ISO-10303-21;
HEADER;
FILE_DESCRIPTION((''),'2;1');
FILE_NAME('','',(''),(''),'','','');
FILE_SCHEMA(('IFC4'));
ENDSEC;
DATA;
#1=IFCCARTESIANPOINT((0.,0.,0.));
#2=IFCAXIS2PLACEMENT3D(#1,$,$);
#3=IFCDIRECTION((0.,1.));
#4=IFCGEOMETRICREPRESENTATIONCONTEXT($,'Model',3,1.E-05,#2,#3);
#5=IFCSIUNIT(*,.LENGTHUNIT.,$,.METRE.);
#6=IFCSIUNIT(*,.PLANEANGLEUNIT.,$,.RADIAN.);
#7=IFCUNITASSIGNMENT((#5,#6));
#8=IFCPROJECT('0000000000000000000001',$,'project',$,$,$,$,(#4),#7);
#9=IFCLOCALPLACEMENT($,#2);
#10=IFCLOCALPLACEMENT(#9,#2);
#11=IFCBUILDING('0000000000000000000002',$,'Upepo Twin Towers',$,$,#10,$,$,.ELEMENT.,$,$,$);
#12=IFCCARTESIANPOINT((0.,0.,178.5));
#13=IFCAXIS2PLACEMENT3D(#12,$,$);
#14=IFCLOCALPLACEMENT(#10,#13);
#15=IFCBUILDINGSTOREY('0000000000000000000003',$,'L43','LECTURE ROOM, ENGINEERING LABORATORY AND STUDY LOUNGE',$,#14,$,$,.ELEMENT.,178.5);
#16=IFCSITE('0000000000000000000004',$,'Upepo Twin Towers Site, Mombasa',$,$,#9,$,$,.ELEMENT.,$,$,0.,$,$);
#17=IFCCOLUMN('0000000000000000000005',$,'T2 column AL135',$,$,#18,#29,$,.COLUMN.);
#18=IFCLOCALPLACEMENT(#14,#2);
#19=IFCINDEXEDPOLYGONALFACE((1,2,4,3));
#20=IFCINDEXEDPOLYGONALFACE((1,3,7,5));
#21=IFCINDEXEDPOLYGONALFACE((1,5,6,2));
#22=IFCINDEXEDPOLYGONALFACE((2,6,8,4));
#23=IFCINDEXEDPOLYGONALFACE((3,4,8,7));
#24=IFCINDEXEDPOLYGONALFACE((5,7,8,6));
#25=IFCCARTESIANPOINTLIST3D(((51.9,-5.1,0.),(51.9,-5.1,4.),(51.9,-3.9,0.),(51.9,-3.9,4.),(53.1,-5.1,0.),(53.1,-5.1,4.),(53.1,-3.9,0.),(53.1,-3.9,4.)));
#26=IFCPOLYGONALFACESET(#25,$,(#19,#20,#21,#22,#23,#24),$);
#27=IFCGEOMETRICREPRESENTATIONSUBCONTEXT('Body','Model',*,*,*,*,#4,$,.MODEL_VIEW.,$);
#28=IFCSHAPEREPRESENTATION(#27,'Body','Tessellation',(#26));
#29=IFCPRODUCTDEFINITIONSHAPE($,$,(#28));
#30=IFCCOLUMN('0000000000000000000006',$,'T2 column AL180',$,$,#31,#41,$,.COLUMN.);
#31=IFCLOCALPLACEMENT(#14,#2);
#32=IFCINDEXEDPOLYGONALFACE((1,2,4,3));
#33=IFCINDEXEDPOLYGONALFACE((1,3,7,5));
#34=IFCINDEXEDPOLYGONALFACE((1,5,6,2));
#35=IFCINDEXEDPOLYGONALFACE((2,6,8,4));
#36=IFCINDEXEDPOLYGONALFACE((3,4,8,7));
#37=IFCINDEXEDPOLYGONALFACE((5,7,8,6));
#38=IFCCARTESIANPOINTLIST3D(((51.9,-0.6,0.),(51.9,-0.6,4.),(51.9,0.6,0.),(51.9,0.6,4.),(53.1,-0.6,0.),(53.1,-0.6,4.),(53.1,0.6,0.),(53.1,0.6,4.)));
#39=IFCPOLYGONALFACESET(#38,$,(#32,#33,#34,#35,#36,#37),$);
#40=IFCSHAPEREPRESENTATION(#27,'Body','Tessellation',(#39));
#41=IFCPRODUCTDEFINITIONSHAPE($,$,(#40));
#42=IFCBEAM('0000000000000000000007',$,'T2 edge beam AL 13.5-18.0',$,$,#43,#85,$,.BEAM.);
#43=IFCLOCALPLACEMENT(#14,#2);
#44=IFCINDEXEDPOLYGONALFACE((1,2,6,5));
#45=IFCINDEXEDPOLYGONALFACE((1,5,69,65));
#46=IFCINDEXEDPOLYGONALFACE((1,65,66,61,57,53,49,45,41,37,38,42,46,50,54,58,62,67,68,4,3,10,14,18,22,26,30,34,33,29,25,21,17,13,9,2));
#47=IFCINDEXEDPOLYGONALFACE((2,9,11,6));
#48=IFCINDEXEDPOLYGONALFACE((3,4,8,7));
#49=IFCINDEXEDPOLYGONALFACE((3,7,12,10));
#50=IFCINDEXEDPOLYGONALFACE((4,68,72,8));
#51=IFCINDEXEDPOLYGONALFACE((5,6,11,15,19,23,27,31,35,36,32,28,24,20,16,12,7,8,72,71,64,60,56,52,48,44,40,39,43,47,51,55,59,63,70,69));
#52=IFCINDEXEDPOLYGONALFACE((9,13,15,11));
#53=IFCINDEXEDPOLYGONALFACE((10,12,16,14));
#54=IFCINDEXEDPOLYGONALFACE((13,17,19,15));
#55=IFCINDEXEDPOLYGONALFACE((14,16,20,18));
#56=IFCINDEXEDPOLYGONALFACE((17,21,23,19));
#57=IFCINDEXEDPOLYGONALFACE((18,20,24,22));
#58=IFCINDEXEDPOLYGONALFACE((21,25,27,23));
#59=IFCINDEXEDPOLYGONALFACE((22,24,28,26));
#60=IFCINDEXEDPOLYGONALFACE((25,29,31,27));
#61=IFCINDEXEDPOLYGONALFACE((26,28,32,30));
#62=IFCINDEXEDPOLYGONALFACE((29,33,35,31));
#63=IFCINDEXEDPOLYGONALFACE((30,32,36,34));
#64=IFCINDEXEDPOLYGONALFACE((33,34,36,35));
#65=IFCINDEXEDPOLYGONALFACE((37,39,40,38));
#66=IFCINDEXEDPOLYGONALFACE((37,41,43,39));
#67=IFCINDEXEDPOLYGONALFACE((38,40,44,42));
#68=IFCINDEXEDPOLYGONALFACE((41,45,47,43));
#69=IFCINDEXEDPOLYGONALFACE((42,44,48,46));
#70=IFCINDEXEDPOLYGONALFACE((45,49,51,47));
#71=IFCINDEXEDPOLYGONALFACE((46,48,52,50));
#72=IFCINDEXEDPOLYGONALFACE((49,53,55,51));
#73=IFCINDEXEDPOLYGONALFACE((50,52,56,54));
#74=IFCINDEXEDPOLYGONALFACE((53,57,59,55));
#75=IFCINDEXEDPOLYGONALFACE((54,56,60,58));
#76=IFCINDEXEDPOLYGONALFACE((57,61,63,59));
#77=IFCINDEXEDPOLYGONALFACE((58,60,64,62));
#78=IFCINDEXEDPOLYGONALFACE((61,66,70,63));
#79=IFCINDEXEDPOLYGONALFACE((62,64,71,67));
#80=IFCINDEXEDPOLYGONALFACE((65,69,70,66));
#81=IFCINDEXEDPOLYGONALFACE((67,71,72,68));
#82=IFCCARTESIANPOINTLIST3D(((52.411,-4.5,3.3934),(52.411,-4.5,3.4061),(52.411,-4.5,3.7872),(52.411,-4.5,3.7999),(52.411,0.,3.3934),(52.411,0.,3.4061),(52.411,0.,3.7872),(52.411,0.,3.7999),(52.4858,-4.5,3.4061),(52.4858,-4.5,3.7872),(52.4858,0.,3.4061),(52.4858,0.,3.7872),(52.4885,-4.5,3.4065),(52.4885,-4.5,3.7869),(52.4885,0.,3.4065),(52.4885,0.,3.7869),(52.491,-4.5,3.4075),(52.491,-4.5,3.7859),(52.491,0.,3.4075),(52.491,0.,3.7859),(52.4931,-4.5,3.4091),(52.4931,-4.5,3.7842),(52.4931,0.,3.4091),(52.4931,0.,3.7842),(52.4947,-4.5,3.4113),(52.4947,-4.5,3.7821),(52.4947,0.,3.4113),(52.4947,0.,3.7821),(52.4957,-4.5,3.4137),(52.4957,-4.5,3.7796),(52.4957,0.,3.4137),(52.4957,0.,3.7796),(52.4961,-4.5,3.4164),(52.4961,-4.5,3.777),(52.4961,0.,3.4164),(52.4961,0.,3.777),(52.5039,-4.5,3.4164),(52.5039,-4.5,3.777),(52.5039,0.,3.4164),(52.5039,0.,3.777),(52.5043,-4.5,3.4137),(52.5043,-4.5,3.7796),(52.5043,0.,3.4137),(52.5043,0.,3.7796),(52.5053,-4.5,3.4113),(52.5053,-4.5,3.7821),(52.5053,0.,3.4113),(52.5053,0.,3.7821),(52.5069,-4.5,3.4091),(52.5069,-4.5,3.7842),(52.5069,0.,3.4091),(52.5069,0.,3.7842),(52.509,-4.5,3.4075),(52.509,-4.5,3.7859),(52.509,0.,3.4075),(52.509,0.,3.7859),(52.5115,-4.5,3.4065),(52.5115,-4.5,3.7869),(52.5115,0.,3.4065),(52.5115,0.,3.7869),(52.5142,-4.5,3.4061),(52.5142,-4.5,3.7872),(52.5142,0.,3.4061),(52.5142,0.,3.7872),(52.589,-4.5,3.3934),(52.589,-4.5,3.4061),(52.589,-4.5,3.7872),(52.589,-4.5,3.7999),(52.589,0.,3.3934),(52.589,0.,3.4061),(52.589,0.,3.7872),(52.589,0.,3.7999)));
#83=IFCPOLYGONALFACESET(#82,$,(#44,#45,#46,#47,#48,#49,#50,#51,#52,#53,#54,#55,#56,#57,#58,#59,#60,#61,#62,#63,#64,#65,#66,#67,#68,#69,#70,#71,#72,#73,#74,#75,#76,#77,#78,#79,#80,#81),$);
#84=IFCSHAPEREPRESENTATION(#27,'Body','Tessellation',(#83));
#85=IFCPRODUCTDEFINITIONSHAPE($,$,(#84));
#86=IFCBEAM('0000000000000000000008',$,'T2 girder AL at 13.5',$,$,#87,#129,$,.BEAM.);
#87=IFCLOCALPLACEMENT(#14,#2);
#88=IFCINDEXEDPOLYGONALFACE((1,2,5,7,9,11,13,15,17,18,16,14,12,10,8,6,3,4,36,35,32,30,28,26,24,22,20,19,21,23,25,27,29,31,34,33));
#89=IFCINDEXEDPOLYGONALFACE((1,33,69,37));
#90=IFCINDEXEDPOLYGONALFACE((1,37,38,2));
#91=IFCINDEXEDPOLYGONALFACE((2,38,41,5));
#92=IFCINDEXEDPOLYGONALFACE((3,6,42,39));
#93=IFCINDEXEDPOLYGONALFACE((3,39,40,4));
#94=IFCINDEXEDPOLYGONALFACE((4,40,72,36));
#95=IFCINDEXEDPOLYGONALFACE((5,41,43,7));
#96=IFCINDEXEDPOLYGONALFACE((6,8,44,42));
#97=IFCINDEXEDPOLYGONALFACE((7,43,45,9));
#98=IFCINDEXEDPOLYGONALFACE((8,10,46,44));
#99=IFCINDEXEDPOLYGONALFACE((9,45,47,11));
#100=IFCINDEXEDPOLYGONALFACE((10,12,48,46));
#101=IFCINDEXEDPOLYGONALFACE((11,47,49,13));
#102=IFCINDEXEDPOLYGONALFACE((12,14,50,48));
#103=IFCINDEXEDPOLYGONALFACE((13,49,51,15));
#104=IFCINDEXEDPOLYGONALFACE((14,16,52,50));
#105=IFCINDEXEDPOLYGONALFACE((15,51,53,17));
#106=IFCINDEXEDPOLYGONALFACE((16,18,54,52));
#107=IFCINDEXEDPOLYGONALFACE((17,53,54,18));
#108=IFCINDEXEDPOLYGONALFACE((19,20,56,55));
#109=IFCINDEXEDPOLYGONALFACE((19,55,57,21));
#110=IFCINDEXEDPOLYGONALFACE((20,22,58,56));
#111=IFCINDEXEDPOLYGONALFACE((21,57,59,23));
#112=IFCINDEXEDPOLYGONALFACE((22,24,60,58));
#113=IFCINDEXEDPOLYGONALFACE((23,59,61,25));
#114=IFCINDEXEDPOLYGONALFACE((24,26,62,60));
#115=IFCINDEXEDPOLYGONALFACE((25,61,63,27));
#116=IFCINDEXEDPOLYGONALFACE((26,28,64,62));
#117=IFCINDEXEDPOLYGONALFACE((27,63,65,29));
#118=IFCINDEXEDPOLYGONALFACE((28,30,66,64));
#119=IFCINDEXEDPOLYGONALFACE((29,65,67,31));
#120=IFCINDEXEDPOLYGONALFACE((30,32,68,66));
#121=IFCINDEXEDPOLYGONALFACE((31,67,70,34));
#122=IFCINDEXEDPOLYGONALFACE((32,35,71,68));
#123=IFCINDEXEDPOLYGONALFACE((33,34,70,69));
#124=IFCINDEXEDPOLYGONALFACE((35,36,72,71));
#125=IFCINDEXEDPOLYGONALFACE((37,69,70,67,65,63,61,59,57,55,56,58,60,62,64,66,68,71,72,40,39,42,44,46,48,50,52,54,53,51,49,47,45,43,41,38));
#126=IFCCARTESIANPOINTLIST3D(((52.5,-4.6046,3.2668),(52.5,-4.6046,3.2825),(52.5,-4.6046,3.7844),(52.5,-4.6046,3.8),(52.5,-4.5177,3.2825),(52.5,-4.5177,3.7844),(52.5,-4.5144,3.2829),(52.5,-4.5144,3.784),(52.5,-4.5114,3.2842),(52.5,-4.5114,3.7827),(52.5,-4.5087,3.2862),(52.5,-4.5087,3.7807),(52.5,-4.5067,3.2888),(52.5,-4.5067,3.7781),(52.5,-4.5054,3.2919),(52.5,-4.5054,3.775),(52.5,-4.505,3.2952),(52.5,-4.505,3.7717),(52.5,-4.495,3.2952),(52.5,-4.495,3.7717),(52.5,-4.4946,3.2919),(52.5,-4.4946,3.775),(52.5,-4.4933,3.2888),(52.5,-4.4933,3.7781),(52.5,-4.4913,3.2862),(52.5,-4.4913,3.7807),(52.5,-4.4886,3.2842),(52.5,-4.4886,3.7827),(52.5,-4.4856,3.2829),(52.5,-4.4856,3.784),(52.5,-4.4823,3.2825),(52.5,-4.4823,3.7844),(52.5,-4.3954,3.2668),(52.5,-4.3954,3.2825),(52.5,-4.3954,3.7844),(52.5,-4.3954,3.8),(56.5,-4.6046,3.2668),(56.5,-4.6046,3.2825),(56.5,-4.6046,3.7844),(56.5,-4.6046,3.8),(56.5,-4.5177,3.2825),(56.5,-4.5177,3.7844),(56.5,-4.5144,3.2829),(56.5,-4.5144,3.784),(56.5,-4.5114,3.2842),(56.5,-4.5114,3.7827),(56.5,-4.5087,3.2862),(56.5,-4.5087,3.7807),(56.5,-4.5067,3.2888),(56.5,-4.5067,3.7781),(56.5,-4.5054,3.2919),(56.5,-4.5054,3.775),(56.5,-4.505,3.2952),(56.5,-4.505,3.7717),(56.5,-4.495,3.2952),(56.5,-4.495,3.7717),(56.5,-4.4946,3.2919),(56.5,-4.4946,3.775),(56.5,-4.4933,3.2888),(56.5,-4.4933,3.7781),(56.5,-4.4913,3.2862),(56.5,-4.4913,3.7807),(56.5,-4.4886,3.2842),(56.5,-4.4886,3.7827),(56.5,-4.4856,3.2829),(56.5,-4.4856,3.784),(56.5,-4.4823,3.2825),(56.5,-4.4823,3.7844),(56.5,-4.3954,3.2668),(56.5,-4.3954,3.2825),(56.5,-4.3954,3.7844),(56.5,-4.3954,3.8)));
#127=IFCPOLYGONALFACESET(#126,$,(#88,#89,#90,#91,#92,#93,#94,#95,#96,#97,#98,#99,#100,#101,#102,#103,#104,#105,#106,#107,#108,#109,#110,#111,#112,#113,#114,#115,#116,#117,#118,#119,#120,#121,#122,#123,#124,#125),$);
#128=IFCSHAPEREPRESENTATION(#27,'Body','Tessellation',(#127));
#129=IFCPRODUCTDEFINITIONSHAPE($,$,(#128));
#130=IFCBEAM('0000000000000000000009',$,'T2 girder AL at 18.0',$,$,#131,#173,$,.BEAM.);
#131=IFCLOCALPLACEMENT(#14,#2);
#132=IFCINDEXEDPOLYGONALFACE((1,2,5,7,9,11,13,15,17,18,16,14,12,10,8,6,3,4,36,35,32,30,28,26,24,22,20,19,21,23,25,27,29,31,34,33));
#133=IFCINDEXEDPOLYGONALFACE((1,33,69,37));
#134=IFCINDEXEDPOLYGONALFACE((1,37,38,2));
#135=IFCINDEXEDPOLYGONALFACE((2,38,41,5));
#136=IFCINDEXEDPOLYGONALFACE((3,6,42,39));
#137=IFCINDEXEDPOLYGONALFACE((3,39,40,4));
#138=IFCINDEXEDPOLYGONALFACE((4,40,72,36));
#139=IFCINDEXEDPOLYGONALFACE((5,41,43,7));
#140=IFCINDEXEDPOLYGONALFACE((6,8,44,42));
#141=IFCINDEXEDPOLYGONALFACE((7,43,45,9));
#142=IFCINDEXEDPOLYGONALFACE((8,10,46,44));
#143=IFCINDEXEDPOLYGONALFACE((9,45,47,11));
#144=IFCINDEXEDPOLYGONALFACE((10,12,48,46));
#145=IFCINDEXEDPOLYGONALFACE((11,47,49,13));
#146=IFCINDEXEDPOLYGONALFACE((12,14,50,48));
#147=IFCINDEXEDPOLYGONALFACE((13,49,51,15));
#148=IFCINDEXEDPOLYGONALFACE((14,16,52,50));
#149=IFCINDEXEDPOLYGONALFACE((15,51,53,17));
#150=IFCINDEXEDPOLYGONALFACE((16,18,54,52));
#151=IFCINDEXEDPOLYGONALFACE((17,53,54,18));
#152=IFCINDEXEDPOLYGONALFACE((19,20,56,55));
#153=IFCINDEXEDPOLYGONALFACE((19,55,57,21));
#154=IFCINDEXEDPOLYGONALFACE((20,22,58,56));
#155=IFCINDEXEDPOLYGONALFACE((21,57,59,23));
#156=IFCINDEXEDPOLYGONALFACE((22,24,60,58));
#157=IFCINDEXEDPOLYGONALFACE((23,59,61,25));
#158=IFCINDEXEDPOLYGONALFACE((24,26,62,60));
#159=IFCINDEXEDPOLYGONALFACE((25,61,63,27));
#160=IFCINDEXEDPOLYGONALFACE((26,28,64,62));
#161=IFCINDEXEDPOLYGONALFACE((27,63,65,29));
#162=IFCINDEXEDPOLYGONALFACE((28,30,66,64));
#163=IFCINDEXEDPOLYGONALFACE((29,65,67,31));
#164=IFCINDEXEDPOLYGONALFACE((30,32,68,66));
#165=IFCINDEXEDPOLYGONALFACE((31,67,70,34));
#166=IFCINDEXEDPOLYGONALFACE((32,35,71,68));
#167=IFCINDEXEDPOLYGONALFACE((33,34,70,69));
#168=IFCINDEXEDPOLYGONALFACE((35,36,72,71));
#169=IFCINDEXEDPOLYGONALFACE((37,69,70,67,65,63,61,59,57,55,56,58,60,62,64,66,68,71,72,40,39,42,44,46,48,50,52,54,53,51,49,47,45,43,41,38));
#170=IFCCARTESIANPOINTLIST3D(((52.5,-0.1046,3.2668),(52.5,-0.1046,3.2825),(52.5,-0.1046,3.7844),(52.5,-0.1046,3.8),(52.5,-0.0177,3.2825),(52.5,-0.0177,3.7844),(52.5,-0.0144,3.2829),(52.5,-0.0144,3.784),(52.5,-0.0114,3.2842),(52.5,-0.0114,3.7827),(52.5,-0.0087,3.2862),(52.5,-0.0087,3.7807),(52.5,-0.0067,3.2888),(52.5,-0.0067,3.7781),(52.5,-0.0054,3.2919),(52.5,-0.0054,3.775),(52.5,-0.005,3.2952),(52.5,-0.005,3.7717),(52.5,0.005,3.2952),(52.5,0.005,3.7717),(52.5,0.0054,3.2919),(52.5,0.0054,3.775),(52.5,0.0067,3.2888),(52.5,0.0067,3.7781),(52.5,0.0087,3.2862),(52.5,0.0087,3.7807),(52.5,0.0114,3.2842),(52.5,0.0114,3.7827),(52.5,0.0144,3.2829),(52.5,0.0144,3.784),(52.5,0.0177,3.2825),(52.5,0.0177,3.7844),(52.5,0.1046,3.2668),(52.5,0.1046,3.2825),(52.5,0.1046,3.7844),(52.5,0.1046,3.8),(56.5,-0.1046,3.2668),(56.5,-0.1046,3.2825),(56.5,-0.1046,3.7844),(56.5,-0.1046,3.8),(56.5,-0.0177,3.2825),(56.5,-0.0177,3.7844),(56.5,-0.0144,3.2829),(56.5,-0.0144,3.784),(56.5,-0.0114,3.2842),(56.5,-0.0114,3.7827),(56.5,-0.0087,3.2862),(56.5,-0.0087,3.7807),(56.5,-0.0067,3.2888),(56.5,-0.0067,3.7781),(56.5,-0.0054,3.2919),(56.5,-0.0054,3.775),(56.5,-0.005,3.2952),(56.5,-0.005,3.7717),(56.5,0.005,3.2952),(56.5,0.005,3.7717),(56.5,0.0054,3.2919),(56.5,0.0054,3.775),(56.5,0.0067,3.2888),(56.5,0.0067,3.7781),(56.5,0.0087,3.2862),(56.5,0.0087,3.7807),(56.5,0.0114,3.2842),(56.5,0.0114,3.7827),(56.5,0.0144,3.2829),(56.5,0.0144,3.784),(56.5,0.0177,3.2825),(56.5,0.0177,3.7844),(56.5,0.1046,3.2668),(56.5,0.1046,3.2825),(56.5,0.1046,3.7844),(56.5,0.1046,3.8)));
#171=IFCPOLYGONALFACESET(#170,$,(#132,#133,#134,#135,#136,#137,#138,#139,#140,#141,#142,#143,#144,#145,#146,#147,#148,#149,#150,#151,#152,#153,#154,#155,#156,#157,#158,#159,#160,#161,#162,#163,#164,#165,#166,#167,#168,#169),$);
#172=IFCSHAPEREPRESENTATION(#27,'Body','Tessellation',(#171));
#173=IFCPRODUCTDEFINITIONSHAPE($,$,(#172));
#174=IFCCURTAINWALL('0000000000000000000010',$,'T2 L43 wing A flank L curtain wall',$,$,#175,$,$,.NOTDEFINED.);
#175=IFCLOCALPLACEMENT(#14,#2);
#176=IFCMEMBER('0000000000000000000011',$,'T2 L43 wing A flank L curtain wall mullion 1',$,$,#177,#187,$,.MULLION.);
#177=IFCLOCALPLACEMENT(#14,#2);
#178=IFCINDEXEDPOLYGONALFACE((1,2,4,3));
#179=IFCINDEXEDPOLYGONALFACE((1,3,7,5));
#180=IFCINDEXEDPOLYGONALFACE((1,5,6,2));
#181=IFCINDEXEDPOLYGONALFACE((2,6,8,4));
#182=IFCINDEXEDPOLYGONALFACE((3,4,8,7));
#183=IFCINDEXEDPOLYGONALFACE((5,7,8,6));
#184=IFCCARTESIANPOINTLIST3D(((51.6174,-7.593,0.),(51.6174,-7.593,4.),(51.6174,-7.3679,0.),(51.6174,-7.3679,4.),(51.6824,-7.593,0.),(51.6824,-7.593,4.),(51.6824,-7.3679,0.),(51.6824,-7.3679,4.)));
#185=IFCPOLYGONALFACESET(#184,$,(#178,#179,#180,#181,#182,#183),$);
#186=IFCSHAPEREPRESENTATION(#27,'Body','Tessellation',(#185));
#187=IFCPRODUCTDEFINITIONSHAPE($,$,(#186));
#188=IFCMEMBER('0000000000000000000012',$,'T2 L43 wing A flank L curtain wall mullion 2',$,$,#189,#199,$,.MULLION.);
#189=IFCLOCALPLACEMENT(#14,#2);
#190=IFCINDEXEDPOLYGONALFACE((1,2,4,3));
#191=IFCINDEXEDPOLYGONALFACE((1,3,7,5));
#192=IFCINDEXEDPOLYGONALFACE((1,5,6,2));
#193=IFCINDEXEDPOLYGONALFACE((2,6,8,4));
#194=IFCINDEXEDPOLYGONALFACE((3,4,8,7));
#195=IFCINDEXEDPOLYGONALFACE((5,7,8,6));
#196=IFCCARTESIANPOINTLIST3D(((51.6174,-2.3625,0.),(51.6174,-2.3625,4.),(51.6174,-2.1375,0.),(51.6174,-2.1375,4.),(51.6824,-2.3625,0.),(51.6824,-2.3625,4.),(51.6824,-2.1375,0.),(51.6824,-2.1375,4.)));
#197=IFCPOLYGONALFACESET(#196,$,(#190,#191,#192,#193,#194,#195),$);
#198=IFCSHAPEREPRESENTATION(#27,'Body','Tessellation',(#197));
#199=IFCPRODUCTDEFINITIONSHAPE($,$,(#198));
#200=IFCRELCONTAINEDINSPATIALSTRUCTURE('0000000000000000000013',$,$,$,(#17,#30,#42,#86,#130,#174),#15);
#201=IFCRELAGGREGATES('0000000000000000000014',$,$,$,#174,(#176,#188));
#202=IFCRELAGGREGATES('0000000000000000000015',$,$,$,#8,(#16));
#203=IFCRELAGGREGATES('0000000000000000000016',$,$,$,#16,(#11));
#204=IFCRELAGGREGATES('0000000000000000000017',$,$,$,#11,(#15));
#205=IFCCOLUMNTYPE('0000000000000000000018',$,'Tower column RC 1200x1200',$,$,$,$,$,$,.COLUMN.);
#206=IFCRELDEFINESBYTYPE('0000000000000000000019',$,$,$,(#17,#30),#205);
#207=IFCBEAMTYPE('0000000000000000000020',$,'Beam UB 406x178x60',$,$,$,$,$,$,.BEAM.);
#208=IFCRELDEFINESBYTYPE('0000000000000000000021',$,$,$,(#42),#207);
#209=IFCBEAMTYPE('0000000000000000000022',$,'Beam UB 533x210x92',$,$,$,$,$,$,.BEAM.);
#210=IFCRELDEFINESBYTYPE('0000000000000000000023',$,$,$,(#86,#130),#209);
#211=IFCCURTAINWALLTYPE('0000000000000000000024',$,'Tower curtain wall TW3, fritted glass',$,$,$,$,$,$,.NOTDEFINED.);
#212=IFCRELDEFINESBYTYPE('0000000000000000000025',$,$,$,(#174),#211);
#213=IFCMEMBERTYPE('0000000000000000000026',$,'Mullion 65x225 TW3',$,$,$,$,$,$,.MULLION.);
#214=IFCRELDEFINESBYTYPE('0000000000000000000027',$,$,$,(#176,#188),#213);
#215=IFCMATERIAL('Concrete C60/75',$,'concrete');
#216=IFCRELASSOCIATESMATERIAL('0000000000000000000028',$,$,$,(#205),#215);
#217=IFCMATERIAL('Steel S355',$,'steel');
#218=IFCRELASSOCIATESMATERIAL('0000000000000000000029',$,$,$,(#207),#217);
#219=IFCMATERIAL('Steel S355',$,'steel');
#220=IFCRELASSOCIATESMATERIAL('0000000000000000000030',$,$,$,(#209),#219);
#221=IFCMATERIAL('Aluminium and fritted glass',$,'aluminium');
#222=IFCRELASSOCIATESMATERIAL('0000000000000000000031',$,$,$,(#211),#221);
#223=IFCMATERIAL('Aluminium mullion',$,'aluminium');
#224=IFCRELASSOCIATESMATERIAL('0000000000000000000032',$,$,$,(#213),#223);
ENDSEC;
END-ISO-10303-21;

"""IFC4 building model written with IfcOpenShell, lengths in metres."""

from ifc_helpers import new_model, si_unit, direction, frame, origin, origin_2d, place, context, subcontext, project, spatial, rectangle, i_section, extrude, material, material_profile, profile_set, type_object, element, aggregate, save


model = new_model("IFC4")

# Units and contexts
model_context = context("Model", 3, precision=1e-05, world=origin(), true_north=direction((0.0, 1.0)))
body_context = subcontext(model_context, "Body", "Model", "MODEL_VIEW")
ifc_project = project(units=[si_unit("LENGTHUNIT", "METRE"), si_unit("PLANEANGLEUNIT", "RADIAN")], contexts=[model_context])

# Site, building, storey
site_placement = place(None, origin())
site = spatial("IfcSite", under=ifc_project, at=site_placement, Name="Upepo Twin Towers Site, Mombasa", CompositionType="ELEMENT", RefElevation=0.0)
building_placement = place(site_placement, origin())
building = spatial("IfcBuilding", under=site, at=building_placement, Name="Upepo Twin Towers", CompositionType="ELEMENT")
storey_placement = place(building_placement, frame((0.0, 0.0, 178.5)))
storey = spatial("IfcBuildingStorey", under=building, at=storey_placement, Name="L43", Description="LECTURE ROOM, ENGINEERING LABORATORY AND STUDY LOUNGE", CompositionType="ELEMENT", Elevation=178.5)

# Columns
ifc_material_1 = material(Name="Concrete C60/75", Category="concrete")
ifc_material_profile_1 = material_profile(ifc_material_1, rectangle(XDim=1.2, YDim=1.2, at=origin_2d()), Name="RC 1200x1200")
ifc_profile_set_1 = profile_set([ifc_material_profile_1], Name="Concrete C60/75")
column_type = type_object("IfcColumnType", Name="Tower column RC 1200x1200", PredefinedType="COLUMN", material=ifc_profile_set_1)
for number, where, z_axis, x_axis, name in (
    (1, (52.5, -4.5, 0.0), (0.0, 0.0, 1.0), (1.0, 0.0, 0.0), "T2 column AL135"),
    (2, (52.5, 0.0, 0.0), (0.0, 0.0, 1.0), (1.0, 0.0, 0.0), "T2 column AL180"),
):
    element("IfcColumn", number, at=place(storey_placement, frame(where, z_axis=z_axis, x_axis=x_axis)), inside=storey, type_object=column_type, Name=name, PredefinedType="COLUMN", context=body_context, shape_type="SweptSolid", body=[
        extrude(rectangle(XDim=1.2, YDim=1.2, at=origin_2d()), origin(), (0.0, 0.0, 1.0), 4.0),
    ])

# Beams
ifc_material_2 = material(Name="Steel S355", Category="steel")
ifc_material_profile_2 = material_profile(ifc_material_2, i_section(OverallWidth=0.178, OverallDepth=0.4065, WebThickness=0.0078, FlangeThickness=0.0127, FilletRadius=0.0103, at=origin_2d()), Name="UB 406x178x60")
ifc_profile_set_2 = profile_set([ifc_material_profile_2], Name="Steel S355")
beam_type_1 = type_object("IfcBeamType", Name="Beam UB 406x178x60", PredefinedType="BEAM", material=ifc_profile_set_2)
beam_placement = place(storey_placement, frame((52.5, -4.5, 3.5967), z_axis=(0.0, 1.0, 0.0), x_axis=(-1.0, 0.0, 0.0)))
element("IfcBeam", 3, at=beam_placement, inside=storey, type_object=beam_type_1, Name="T2 edge beam AL 13.5-18.0", PredefinedType="BEAM", context=body_context, shape_type="SweptSolid", body=[
    extrude(i_section(OverallWidth=0.178, OverallDepth=0.4065, WebThickness=0.0078, FlangeThickness=0.0127, FilletRadius=0.0103, at=origin_2d()), origin(), (0.0, 0.0, 1.0), 4.5),
])
ifc_material_3 = material(Name="Steel S355", Category="steel")
ifc_material_profile_3 = material_profile(ifc_material_3, i_section(OverallWidth=0.2092, OverallDepth=0.5332, WebThickness=0.01, FlangeThickness=0.0156, FilletRadius=0.0127, at=origin_2d()), Name="UB 533x210x92")
ifc_profile_set_3 = profile_set([ifc_material_profile_3], Name="Steel S355")
beam_type_2 = type_object("IfcBeamType", Name="Beam UB 533x210x92", PredefinedType="BEAM", material=ifc_profile_set_3)
for number, where, z_axis, x_axis, name in (
    (4, (52.5, -4.5, 3.5334), (1.0, 0.0, 0.0), (0.0, 1.0, 0.0), "T2 girder AL at 13.5"),
    (5, (52.5, 0.0, 3.5334), (1.0, 0.0, 0.0), (0.0, 1.0, 0.0), "T2 girder AL at 18.0"),
):
    element("IfcBeam", number, at=place(storey_placement, frame(where, z_axis=z_axis, x_axis=x_axis)), inside=storey, type_object=beam_type_2, Name=name, PredefinedType="BEAM", context=body_context, shape_type="SweptSolid", body=[
        extrude(i_section(OverallWidth=0.2092, OverallDepth=0.5332, WebThickness=0.01, FlangeThickness=0.0156, FilletRadius=0.0127, at=origin_2d()), origin(), (0.0, 0.0, 1.0), 4.0),
    ])

# Curtain wall, members
ifc_material_4 = material(Name="Aluminium and fritted glass", Category="aluminium")
curtain_wall_type = type_object("IfcCurtainWallType", Name="Tower curtain wall TW3, fritted glass", PredefinedType="NOTDEFINED", material=ifc_material_4)
curtain_wall_1_placement = place(storey_placement, origin())
curtain_wall_1 = element("IfcCurtainWall", 6, at=curtain_wall_1_placement, inside=storey, type_object=curtain_wall_type, Name="T2 L43 wing A flank L curtain wall", PredefinedType="NOTDEFINED")
ifc_material_5 = material(Name="Aluminium mullion", Category="aluminium")
ifc_material_profile_4 = material_profile(ifc_material_5, rectangle(XDim=0.0649, YDim=0.2251, at=origin_2d()), Name="MULLION 65x225")
ifc_profile_set_4 = profile_set([ifc_material_profile_4], Name="Aluminium mullion")
member_type_1 = type_object("IfcMemberType", Name="Mullion 65x225 TW3", PredefinedType="MULLION", material=ifc_profile_set_4)
member_1_placement = place(storey_placement, frame((51.6499, -7.4805, 0.0), z_axis=(0.0, 0.0, 1.0), x_axis=(-1.0, 0.0, 0.0)))
member_1 = element("IfcMember", 7, at=member_1_placement, type_object=member_type_1, Name="T2 L43 wing A flank L curtain wall mullion 1", PredefinedType="MULLION", context=body_context, shape_type="SweptSolid", body=[
    extrude(rectangle(XDim=0.0649, YDim=0.2251, at=origin_2d()), origin(), (0.0, 0.0, 1.0), 4.0),
])
member_2_placement = place(storey_placement, frame((51.6499, -2.25, 0.0), z_axis=(0.0, 0.0, 1.0), x_axis=(-1.0, 0.0, 0.0)))
member_2 = element("IfcMember", 8, at=member_2_placement, type_object=member_type_1, Name="T2 L43 wing A flank L curtain wall mullion 2", PredefinedType="MULLION", context=body_context, shape_type="SweptSolid", body=[
    extrude(rectangle(XDim=0.0649, YDim=0.2251, at=origin_2d()), origin(), (0.0, 0.0, 1.0), 4.0),
])

aggregate(curtain_wall_1, [member_1, member_2])

save(model, "model.ifc")
